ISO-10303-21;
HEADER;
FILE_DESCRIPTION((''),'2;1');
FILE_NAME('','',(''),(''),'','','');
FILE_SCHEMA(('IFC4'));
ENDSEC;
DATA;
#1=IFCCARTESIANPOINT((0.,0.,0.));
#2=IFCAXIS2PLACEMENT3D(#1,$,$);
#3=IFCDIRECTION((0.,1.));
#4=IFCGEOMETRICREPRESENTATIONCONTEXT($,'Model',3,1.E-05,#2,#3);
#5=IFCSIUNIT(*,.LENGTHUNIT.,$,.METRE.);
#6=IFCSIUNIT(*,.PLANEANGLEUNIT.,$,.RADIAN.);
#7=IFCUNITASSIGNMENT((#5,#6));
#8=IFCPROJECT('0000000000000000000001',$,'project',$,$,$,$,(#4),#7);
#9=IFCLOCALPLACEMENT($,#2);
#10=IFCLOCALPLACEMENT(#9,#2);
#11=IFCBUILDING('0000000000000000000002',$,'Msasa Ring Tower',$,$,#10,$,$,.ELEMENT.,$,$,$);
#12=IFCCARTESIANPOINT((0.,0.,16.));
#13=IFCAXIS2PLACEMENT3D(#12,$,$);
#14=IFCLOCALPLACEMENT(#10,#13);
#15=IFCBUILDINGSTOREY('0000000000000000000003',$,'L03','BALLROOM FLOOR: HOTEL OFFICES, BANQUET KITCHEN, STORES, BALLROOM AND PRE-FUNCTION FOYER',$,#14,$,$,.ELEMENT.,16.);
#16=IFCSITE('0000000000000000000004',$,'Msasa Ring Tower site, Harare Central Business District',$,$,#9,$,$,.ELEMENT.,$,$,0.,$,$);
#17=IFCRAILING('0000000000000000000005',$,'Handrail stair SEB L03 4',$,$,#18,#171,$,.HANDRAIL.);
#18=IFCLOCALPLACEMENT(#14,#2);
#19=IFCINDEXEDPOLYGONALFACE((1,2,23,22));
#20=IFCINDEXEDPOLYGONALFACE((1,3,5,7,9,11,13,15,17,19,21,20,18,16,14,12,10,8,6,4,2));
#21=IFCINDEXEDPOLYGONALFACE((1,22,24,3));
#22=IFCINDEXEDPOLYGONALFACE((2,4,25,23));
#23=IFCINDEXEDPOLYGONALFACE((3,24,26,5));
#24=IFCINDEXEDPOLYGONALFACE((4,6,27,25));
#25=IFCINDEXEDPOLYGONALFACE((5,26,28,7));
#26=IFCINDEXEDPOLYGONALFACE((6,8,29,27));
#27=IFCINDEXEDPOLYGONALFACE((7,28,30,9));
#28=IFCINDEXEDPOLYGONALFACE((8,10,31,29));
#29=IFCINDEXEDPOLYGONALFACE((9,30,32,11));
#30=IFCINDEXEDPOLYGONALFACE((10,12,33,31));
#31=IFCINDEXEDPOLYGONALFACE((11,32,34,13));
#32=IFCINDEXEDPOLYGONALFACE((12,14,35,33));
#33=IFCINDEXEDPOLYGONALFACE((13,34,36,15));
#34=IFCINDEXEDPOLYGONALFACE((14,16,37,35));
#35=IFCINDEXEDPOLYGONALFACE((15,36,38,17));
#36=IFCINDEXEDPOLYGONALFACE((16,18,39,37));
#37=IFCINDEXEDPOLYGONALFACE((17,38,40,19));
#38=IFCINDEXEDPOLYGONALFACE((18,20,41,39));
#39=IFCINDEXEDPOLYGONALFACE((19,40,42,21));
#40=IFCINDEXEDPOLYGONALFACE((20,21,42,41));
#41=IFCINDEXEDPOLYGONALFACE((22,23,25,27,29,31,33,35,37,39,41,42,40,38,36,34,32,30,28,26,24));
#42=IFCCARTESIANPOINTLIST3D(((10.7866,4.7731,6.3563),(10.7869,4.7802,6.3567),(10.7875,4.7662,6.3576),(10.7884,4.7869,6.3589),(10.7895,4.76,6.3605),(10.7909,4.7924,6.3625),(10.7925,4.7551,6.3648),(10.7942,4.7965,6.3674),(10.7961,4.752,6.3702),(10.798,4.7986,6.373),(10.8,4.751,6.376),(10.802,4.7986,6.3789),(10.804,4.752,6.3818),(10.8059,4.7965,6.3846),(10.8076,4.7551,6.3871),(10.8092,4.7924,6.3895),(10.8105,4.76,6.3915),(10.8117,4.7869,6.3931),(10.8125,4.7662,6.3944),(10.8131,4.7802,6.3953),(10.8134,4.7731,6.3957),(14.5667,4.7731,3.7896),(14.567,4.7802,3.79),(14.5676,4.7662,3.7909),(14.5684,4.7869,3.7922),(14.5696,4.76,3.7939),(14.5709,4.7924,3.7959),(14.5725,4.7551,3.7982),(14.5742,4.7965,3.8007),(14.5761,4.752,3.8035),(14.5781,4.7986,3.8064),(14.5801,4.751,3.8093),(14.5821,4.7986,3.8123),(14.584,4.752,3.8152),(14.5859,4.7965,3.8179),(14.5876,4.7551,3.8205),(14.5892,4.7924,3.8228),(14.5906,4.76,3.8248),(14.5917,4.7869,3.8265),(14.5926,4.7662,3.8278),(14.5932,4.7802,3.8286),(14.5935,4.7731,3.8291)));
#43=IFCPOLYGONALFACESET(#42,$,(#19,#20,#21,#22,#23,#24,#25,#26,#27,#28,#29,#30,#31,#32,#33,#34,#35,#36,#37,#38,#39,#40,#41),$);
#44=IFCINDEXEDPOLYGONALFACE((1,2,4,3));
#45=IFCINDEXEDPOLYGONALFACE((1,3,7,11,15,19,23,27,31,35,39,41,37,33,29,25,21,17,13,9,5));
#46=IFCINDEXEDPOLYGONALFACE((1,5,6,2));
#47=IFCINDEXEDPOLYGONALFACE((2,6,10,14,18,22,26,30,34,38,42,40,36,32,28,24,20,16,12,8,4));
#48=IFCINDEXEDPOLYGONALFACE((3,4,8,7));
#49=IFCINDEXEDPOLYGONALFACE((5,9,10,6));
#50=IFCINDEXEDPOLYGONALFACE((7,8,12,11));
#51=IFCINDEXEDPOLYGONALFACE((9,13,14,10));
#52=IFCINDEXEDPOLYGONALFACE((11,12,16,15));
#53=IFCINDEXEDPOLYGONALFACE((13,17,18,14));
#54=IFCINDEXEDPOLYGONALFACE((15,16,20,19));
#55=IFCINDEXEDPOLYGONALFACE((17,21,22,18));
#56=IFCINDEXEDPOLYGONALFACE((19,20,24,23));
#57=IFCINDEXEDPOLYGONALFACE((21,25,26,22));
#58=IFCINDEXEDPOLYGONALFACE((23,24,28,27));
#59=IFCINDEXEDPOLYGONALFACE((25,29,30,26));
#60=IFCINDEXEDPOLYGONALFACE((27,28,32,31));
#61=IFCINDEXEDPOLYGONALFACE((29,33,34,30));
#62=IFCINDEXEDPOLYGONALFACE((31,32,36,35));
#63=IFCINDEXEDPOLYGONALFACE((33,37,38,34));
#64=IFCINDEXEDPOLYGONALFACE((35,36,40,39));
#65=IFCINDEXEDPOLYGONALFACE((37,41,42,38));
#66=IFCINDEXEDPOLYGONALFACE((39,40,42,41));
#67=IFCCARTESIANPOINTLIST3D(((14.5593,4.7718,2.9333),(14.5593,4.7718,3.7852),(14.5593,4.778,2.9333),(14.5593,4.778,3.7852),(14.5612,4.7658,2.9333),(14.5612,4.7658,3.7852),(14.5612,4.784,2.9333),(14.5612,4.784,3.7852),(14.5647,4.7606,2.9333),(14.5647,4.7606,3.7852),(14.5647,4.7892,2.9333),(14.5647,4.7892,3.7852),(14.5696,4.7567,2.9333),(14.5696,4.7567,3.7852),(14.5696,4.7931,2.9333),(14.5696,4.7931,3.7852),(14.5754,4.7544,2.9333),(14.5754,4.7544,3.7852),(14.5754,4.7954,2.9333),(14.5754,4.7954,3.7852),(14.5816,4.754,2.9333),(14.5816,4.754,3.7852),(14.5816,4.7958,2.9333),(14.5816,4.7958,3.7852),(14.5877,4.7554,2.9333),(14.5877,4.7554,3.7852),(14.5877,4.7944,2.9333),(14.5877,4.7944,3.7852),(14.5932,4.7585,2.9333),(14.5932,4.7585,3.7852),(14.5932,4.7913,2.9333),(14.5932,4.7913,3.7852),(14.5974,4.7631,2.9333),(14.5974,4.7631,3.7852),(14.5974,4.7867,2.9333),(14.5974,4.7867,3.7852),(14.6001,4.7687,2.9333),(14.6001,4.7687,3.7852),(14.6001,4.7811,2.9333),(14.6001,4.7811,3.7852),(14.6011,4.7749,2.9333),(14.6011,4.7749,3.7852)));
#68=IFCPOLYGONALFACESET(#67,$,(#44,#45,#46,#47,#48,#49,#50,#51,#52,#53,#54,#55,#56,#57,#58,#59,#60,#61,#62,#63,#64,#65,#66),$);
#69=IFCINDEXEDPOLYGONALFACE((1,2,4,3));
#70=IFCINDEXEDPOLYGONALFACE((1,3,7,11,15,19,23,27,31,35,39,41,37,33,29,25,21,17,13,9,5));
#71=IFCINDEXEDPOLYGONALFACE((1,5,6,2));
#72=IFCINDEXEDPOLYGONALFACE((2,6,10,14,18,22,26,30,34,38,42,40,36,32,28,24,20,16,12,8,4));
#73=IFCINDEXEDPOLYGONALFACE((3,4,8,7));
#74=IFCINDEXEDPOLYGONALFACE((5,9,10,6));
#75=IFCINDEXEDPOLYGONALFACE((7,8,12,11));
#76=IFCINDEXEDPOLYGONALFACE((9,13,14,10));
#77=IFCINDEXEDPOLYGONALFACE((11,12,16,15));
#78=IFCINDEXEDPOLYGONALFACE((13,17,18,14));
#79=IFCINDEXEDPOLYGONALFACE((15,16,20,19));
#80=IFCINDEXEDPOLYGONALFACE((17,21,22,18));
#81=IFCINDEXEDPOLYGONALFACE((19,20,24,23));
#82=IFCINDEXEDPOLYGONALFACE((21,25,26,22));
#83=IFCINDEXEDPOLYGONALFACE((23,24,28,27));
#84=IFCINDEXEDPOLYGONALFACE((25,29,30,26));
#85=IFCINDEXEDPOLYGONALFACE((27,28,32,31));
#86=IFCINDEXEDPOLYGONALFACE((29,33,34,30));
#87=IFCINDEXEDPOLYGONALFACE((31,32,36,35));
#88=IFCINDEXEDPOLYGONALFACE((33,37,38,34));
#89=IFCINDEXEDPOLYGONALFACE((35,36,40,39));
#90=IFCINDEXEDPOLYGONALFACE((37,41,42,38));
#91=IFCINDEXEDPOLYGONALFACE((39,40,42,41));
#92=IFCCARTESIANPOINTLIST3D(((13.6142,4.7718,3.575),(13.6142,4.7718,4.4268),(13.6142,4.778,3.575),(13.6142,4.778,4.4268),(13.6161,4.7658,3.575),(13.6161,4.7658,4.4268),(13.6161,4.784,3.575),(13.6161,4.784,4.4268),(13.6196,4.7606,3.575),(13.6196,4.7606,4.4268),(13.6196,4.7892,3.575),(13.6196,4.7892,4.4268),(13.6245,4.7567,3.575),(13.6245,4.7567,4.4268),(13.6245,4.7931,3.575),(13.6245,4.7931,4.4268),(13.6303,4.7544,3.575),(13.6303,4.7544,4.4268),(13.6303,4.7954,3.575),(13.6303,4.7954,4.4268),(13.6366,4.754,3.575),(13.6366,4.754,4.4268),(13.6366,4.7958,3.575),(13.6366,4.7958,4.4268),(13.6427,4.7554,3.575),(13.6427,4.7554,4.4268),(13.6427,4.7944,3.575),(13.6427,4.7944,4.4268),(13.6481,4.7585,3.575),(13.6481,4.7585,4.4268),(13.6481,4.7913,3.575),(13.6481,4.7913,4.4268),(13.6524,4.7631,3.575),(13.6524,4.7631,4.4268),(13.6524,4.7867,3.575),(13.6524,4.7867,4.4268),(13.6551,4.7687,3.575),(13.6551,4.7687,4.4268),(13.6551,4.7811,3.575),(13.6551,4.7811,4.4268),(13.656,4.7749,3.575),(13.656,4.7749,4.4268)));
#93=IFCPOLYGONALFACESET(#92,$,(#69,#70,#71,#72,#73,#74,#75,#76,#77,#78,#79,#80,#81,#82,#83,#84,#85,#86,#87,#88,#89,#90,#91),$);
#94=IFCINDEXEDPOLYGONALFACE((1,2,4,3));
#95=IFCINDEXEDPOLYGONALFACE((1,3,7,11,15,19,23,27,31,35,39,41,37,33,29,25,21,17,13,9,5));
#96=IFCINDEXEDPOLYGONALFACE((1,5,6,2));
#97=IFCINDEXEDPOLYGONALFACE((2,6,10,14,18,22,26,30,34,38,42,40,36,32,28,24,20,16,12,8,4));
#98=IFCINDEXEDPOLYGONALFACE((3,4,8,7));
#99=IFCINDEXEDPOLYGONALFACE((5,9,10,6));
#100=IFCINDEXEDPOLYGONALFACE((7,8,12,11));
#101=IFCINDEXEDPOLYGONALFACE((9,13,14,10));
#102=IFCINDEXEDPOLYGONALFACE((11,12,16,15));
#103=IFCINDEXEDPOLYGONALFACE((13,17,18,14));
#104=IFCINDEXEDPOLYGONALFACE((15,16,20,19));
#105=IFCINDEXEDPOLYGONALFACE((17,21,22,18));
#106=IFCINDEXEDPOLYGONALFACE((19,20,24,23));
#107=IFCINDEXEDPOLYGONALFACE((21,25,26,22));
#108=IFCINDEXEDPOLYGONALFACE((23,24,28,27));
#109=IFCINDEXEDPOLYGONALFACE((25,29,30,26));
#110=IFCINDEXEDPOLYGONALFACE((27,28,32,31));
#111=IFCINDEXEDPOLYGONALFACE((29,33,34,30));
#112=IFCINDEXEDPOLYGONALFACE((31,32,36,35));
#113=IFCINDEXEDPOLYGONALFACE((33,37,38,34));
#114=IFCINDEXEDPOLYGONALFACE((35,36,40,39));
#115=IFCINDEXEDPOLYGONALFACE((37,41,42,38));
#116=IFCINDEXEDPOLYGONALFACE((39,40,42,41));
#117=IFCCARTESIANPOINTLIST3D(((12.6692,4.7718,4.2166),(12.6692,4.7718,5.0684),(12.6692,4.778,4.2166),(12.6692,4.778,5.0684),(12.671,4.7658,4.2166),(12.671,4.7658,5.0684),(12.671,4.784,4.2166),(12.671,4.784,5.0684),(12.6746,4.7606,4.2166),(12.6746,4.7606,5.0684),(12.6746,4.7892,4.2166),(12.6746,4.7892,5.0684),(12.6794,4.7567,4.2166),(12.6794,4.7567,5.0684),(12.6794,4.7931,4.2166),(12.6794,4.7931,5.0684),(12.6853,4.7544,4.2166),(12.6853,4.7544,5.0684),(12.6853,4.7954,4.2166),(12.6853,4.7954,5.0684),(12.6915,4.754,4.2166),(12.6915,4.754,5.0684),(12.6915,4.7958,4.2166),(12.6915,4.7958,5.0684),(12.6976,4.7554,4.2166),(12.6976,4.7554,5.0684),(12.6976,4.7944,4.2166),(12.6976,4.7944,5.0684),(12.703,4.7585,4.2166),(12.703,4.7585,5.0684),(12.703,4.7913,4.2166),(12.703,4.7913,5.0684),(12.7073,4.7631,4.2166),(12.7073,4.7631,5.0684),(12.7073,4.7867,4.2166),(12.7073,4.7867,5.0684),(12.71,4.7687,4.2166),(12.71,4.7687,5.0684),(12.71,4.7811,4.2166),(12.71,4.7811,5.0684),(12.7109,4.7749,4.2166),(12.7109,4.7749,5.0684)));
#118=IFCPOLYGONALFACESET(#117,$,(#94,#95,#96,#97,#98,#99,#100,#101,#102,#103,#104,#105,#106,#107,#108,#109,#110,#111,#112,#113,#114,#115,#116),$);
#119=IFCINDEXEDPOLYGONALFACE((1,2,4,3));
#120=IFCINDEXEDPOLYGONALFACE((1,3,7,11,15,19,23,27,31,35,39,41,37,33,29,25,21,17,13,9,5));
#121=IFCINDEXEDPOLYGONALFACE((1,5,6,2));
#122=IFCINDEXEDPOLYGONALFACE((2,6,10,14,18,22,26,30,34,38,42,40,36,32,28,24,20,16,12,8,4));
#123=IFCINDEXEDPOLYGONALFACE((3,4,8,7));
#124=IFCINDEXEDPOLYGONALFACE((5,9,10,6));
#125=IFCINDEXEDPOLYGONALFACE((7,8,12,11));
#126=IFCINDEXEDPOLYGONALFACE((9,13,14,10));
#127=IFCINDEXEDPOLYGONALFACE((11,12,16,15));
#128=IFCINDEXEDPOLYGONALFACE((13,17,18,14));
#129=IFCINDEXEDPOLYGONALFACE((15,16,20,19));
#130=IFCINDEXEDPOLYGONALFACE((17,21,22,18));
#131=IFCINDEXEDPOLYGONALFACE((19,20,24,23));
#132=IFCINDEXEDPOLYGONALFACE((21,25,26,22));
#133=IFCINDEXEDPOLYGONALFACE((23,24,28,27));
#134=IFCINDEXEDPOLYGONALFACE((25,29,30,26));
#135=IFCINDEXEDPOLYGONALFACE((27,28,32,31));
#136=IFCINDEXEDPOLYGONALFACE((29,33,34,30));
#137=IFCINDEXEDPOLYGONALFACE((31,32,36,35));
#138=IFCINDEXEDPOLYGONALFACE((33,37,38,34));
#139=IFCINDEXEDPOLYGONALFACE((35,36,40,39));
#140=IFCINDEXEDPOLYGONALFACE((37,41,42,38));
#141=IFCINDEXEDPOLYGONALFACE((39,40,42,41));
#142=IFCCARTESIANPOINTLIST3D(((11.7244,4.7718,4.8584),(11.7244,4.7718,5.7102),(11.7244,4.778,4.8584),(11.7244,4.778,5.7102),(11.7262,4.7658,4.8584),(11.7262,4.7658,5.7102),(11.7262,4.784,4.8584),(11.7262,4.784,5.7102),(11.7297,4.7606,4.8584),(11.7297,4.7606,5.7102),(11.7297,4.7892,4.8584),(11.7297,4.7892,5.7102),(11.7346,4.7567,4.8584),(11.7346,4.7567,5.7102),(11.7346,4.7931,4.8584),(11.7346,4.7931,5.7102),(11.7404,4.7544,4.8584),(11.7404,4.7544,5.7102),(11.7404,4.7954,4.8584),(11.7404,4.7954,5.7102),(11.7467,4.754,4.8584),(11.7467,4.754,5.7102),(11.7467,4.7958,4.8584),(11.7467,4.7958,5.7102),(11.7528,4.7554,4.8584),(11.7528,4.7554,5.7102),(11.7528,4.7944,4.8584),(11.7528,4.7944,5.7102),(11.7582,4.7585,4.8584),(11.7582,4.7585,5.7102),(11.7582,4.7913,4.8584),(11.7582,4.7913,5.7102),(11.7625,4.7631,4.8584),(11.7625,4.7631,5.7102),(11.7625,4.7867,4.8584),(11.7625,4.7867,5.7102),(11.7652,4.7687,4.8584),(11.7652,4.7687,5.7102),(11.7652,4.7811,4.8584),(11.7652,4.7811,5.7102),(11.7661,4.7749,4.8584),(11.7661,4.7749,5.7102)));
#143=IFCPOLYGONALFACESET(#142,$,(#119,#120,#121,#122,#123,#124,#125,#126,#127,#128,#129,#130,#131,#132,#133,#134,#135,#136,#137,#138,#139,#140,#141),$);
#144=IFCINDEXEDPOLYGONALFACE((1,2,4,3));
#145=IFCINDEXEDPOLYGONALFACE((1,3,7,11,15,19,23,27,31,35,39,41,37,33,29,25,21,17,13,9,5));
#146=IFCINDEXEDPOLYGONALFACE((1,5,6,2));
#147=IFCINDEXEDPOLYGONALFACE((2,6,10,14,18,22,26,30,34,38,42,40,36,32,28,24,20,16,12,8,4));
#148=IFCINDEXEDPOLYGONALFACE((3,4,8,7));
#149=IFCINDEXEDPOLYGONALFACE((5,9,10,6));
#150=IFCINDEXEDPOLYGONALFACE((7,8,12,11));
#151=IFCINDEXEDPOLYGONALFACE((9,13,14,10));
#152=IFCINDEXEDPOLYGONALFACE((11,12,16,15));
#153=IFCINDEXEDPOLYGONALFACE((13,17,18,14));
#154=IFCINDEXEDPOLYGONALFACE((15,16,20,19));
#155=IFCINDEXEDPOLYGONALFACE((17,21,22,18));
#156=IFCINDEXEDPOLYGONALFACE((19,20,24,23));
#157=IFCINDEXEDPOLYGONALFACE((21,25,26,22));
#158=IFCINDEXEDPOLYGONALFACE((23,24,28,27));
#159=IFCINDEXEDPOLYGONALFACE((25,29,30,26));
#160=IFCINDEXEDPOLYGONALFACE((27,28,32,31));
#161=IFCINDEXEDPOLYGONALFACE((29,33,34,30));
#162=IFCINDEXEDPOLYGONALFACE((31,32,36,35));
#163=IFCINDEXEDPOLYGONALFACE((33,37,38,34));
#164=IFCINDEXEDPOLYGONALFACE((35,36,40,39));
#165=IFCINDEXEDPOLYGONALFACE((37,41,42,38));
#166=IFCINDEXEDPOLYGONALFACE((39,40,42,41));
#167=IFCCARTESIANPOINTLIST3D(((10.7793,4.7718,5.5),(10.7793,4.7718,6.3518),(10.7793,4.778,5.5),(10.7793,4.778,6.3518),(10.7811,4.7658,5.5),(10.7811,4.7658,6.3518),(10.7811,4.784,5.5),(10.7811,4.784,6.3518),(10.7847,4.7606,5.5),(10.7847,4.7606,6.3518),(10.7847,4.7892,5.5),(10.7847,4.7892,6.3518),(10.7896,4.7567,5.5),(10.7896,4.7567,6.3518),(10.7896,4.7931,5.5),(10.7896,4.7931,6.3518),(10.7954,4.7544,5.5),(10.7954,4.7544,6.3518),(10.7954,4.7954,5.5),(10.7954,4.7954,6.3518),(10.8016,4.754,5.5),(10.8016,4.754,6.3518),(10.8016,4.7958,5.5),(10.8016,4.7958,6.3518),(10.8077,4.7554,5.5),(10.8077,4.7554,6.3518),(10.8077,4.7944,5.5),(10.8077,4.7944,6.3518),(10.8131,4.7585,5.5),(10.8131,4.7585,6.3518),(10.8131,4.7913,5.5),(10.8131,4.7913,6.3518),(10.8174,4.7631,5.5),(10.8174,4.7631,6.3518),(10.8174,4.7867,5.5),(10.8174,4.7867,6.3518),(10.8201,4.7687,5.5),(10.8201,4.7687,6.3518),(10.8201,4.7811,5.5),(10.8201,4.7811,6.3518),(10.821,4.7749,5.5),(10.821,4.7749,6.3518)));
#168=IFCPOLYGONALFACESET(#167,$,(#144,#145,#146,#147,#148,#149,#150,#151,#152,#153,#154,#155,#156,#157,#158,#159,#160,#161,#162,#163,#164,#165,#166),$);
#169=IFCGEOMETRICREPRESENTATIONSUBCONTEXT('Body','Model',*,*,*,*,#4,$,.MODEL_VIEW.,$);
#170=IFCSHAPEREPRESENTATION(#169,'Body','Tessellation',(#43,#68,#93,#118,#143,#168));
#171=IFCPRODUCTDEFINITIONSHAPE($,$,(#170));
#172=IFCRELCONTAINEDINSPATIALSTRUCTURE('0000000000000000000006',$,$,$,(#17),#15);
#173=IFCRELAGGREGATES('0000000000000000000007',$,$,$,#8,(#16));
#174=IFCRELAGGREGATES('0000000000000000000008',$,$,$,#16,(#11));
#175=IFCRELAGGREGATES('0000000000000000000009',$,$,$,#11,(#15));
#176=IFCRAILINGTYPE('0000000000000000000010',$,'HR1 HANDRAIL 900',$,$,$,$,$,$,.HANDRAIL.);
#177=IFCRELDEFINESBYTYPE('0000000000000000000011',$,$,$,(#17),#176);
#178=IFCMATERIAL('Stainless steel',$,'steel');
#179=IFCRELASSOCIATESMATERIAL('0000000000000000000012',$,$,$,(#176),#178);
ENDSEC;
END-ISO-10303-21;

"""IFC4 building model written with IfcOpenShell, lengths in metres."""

from ifc_helpers import new_model, si_unit, direction, frame, origin, origin_2d, place, context, subcontext, project, spatial, circle, extrude, material, type_object, element, save


model = new_model("IFC4")

# Units and contexts
model_context = context("Model", 3, precision=1e-05, world=origin(), true_north=direction((0.0, 1.0)))
body_context = subcontext(model_context, "Body", "Model", "MODEL_VIEW")
ifc_project = project(units=[si_unit("LENGTHUNIT", "METRE"), si_unit("PLANEANGLEUNIT", "RADIAN")], contexts=[model_context])

# Site, building, storey
site_placement = place(None, origin())
site = spatial("IfcSite", under=ifc_project, at=site_placement, Name="Msasa Ring Tower site, Harare Central Business District", CompositionType="ELEMENT", RefElevation=0.0)
building_placement = place(site_placement, origin())
building = spatial("IfcBuilding", under=site, at=building_placement, Name="Msasa Ring Tower", CompositionType="ELEMENT")
storey_placement = place(building_placement, frame((0.0, 0.0, 16.0)))
storey = spatial("IfcBuildingStorey", under=building, at=storey_placement, Name="L03", Description="BALLROOM FLOOR: HOTEL OFFICES, BANQUET KITCHEN, STORES, BALLROOM AND PRE-FUNCTION FOYER", CompositionType="ELEMENT", Elevation=16.0)

# Railing
ifc_material_1 = material(Name="Stainless steel", Category="steel")
railing_type = type_object("IfcRailingType", Name="HR1 HANDRAIL 900", PredefinedType="HANDRAIL", material=ifc_material_1)
for number, where, name in (
    (1, (14.5801, 4.7749, 2.9333), "Handrail stair SEB L03 4"),
):
    element("IfcRailing", number, at=place(storey_placement, frame(where)), inside=storey, type_object=railing_type, Name=name, PredefinedType="HANDRAIL", context=body_context, shape_type="SweptSolid", body=[
        extrude(circle(Radius=0.0239, at=origin_2d()), frame((0.0, 0.0, 0.876), z_axis=(-0.82731, 0.0, 0.561746), x_axis=(0.0, -1.0, 0.0)), (0.0, 0.0, 1.0), 4.5691),
        extrude(circle(Radius=0.021, at=origin_2d()), origin(), (0.0, 0.0, 1.0), 0.8518),
        extrude(circle(Radius=0.021, at=origin_2d()), frame((-0.9451, 0.0, 0.6416)), (0.0, 0.0, 1.0), 0.8518),
        extrude(circle(Radius=0.021, at=origin_2d()), frame((-1.8901, 0.0, 1.2832)), (0.0, 0.0, 1.0), 0.8518),
        extrude(circle(Radius=0.021, at=origin_2d()), frame((-2.835, 0.0, 1.925)), (0.0, 0.0, 1.0), 0.8518),
        extrude(circle(Radius=0.021, at=origin_2d()), frame((-3.78, 0.0, 2.5667)), (0.0, 0.0, 1.0), 0.8518),
    ])

save(model, "model.ifc")
